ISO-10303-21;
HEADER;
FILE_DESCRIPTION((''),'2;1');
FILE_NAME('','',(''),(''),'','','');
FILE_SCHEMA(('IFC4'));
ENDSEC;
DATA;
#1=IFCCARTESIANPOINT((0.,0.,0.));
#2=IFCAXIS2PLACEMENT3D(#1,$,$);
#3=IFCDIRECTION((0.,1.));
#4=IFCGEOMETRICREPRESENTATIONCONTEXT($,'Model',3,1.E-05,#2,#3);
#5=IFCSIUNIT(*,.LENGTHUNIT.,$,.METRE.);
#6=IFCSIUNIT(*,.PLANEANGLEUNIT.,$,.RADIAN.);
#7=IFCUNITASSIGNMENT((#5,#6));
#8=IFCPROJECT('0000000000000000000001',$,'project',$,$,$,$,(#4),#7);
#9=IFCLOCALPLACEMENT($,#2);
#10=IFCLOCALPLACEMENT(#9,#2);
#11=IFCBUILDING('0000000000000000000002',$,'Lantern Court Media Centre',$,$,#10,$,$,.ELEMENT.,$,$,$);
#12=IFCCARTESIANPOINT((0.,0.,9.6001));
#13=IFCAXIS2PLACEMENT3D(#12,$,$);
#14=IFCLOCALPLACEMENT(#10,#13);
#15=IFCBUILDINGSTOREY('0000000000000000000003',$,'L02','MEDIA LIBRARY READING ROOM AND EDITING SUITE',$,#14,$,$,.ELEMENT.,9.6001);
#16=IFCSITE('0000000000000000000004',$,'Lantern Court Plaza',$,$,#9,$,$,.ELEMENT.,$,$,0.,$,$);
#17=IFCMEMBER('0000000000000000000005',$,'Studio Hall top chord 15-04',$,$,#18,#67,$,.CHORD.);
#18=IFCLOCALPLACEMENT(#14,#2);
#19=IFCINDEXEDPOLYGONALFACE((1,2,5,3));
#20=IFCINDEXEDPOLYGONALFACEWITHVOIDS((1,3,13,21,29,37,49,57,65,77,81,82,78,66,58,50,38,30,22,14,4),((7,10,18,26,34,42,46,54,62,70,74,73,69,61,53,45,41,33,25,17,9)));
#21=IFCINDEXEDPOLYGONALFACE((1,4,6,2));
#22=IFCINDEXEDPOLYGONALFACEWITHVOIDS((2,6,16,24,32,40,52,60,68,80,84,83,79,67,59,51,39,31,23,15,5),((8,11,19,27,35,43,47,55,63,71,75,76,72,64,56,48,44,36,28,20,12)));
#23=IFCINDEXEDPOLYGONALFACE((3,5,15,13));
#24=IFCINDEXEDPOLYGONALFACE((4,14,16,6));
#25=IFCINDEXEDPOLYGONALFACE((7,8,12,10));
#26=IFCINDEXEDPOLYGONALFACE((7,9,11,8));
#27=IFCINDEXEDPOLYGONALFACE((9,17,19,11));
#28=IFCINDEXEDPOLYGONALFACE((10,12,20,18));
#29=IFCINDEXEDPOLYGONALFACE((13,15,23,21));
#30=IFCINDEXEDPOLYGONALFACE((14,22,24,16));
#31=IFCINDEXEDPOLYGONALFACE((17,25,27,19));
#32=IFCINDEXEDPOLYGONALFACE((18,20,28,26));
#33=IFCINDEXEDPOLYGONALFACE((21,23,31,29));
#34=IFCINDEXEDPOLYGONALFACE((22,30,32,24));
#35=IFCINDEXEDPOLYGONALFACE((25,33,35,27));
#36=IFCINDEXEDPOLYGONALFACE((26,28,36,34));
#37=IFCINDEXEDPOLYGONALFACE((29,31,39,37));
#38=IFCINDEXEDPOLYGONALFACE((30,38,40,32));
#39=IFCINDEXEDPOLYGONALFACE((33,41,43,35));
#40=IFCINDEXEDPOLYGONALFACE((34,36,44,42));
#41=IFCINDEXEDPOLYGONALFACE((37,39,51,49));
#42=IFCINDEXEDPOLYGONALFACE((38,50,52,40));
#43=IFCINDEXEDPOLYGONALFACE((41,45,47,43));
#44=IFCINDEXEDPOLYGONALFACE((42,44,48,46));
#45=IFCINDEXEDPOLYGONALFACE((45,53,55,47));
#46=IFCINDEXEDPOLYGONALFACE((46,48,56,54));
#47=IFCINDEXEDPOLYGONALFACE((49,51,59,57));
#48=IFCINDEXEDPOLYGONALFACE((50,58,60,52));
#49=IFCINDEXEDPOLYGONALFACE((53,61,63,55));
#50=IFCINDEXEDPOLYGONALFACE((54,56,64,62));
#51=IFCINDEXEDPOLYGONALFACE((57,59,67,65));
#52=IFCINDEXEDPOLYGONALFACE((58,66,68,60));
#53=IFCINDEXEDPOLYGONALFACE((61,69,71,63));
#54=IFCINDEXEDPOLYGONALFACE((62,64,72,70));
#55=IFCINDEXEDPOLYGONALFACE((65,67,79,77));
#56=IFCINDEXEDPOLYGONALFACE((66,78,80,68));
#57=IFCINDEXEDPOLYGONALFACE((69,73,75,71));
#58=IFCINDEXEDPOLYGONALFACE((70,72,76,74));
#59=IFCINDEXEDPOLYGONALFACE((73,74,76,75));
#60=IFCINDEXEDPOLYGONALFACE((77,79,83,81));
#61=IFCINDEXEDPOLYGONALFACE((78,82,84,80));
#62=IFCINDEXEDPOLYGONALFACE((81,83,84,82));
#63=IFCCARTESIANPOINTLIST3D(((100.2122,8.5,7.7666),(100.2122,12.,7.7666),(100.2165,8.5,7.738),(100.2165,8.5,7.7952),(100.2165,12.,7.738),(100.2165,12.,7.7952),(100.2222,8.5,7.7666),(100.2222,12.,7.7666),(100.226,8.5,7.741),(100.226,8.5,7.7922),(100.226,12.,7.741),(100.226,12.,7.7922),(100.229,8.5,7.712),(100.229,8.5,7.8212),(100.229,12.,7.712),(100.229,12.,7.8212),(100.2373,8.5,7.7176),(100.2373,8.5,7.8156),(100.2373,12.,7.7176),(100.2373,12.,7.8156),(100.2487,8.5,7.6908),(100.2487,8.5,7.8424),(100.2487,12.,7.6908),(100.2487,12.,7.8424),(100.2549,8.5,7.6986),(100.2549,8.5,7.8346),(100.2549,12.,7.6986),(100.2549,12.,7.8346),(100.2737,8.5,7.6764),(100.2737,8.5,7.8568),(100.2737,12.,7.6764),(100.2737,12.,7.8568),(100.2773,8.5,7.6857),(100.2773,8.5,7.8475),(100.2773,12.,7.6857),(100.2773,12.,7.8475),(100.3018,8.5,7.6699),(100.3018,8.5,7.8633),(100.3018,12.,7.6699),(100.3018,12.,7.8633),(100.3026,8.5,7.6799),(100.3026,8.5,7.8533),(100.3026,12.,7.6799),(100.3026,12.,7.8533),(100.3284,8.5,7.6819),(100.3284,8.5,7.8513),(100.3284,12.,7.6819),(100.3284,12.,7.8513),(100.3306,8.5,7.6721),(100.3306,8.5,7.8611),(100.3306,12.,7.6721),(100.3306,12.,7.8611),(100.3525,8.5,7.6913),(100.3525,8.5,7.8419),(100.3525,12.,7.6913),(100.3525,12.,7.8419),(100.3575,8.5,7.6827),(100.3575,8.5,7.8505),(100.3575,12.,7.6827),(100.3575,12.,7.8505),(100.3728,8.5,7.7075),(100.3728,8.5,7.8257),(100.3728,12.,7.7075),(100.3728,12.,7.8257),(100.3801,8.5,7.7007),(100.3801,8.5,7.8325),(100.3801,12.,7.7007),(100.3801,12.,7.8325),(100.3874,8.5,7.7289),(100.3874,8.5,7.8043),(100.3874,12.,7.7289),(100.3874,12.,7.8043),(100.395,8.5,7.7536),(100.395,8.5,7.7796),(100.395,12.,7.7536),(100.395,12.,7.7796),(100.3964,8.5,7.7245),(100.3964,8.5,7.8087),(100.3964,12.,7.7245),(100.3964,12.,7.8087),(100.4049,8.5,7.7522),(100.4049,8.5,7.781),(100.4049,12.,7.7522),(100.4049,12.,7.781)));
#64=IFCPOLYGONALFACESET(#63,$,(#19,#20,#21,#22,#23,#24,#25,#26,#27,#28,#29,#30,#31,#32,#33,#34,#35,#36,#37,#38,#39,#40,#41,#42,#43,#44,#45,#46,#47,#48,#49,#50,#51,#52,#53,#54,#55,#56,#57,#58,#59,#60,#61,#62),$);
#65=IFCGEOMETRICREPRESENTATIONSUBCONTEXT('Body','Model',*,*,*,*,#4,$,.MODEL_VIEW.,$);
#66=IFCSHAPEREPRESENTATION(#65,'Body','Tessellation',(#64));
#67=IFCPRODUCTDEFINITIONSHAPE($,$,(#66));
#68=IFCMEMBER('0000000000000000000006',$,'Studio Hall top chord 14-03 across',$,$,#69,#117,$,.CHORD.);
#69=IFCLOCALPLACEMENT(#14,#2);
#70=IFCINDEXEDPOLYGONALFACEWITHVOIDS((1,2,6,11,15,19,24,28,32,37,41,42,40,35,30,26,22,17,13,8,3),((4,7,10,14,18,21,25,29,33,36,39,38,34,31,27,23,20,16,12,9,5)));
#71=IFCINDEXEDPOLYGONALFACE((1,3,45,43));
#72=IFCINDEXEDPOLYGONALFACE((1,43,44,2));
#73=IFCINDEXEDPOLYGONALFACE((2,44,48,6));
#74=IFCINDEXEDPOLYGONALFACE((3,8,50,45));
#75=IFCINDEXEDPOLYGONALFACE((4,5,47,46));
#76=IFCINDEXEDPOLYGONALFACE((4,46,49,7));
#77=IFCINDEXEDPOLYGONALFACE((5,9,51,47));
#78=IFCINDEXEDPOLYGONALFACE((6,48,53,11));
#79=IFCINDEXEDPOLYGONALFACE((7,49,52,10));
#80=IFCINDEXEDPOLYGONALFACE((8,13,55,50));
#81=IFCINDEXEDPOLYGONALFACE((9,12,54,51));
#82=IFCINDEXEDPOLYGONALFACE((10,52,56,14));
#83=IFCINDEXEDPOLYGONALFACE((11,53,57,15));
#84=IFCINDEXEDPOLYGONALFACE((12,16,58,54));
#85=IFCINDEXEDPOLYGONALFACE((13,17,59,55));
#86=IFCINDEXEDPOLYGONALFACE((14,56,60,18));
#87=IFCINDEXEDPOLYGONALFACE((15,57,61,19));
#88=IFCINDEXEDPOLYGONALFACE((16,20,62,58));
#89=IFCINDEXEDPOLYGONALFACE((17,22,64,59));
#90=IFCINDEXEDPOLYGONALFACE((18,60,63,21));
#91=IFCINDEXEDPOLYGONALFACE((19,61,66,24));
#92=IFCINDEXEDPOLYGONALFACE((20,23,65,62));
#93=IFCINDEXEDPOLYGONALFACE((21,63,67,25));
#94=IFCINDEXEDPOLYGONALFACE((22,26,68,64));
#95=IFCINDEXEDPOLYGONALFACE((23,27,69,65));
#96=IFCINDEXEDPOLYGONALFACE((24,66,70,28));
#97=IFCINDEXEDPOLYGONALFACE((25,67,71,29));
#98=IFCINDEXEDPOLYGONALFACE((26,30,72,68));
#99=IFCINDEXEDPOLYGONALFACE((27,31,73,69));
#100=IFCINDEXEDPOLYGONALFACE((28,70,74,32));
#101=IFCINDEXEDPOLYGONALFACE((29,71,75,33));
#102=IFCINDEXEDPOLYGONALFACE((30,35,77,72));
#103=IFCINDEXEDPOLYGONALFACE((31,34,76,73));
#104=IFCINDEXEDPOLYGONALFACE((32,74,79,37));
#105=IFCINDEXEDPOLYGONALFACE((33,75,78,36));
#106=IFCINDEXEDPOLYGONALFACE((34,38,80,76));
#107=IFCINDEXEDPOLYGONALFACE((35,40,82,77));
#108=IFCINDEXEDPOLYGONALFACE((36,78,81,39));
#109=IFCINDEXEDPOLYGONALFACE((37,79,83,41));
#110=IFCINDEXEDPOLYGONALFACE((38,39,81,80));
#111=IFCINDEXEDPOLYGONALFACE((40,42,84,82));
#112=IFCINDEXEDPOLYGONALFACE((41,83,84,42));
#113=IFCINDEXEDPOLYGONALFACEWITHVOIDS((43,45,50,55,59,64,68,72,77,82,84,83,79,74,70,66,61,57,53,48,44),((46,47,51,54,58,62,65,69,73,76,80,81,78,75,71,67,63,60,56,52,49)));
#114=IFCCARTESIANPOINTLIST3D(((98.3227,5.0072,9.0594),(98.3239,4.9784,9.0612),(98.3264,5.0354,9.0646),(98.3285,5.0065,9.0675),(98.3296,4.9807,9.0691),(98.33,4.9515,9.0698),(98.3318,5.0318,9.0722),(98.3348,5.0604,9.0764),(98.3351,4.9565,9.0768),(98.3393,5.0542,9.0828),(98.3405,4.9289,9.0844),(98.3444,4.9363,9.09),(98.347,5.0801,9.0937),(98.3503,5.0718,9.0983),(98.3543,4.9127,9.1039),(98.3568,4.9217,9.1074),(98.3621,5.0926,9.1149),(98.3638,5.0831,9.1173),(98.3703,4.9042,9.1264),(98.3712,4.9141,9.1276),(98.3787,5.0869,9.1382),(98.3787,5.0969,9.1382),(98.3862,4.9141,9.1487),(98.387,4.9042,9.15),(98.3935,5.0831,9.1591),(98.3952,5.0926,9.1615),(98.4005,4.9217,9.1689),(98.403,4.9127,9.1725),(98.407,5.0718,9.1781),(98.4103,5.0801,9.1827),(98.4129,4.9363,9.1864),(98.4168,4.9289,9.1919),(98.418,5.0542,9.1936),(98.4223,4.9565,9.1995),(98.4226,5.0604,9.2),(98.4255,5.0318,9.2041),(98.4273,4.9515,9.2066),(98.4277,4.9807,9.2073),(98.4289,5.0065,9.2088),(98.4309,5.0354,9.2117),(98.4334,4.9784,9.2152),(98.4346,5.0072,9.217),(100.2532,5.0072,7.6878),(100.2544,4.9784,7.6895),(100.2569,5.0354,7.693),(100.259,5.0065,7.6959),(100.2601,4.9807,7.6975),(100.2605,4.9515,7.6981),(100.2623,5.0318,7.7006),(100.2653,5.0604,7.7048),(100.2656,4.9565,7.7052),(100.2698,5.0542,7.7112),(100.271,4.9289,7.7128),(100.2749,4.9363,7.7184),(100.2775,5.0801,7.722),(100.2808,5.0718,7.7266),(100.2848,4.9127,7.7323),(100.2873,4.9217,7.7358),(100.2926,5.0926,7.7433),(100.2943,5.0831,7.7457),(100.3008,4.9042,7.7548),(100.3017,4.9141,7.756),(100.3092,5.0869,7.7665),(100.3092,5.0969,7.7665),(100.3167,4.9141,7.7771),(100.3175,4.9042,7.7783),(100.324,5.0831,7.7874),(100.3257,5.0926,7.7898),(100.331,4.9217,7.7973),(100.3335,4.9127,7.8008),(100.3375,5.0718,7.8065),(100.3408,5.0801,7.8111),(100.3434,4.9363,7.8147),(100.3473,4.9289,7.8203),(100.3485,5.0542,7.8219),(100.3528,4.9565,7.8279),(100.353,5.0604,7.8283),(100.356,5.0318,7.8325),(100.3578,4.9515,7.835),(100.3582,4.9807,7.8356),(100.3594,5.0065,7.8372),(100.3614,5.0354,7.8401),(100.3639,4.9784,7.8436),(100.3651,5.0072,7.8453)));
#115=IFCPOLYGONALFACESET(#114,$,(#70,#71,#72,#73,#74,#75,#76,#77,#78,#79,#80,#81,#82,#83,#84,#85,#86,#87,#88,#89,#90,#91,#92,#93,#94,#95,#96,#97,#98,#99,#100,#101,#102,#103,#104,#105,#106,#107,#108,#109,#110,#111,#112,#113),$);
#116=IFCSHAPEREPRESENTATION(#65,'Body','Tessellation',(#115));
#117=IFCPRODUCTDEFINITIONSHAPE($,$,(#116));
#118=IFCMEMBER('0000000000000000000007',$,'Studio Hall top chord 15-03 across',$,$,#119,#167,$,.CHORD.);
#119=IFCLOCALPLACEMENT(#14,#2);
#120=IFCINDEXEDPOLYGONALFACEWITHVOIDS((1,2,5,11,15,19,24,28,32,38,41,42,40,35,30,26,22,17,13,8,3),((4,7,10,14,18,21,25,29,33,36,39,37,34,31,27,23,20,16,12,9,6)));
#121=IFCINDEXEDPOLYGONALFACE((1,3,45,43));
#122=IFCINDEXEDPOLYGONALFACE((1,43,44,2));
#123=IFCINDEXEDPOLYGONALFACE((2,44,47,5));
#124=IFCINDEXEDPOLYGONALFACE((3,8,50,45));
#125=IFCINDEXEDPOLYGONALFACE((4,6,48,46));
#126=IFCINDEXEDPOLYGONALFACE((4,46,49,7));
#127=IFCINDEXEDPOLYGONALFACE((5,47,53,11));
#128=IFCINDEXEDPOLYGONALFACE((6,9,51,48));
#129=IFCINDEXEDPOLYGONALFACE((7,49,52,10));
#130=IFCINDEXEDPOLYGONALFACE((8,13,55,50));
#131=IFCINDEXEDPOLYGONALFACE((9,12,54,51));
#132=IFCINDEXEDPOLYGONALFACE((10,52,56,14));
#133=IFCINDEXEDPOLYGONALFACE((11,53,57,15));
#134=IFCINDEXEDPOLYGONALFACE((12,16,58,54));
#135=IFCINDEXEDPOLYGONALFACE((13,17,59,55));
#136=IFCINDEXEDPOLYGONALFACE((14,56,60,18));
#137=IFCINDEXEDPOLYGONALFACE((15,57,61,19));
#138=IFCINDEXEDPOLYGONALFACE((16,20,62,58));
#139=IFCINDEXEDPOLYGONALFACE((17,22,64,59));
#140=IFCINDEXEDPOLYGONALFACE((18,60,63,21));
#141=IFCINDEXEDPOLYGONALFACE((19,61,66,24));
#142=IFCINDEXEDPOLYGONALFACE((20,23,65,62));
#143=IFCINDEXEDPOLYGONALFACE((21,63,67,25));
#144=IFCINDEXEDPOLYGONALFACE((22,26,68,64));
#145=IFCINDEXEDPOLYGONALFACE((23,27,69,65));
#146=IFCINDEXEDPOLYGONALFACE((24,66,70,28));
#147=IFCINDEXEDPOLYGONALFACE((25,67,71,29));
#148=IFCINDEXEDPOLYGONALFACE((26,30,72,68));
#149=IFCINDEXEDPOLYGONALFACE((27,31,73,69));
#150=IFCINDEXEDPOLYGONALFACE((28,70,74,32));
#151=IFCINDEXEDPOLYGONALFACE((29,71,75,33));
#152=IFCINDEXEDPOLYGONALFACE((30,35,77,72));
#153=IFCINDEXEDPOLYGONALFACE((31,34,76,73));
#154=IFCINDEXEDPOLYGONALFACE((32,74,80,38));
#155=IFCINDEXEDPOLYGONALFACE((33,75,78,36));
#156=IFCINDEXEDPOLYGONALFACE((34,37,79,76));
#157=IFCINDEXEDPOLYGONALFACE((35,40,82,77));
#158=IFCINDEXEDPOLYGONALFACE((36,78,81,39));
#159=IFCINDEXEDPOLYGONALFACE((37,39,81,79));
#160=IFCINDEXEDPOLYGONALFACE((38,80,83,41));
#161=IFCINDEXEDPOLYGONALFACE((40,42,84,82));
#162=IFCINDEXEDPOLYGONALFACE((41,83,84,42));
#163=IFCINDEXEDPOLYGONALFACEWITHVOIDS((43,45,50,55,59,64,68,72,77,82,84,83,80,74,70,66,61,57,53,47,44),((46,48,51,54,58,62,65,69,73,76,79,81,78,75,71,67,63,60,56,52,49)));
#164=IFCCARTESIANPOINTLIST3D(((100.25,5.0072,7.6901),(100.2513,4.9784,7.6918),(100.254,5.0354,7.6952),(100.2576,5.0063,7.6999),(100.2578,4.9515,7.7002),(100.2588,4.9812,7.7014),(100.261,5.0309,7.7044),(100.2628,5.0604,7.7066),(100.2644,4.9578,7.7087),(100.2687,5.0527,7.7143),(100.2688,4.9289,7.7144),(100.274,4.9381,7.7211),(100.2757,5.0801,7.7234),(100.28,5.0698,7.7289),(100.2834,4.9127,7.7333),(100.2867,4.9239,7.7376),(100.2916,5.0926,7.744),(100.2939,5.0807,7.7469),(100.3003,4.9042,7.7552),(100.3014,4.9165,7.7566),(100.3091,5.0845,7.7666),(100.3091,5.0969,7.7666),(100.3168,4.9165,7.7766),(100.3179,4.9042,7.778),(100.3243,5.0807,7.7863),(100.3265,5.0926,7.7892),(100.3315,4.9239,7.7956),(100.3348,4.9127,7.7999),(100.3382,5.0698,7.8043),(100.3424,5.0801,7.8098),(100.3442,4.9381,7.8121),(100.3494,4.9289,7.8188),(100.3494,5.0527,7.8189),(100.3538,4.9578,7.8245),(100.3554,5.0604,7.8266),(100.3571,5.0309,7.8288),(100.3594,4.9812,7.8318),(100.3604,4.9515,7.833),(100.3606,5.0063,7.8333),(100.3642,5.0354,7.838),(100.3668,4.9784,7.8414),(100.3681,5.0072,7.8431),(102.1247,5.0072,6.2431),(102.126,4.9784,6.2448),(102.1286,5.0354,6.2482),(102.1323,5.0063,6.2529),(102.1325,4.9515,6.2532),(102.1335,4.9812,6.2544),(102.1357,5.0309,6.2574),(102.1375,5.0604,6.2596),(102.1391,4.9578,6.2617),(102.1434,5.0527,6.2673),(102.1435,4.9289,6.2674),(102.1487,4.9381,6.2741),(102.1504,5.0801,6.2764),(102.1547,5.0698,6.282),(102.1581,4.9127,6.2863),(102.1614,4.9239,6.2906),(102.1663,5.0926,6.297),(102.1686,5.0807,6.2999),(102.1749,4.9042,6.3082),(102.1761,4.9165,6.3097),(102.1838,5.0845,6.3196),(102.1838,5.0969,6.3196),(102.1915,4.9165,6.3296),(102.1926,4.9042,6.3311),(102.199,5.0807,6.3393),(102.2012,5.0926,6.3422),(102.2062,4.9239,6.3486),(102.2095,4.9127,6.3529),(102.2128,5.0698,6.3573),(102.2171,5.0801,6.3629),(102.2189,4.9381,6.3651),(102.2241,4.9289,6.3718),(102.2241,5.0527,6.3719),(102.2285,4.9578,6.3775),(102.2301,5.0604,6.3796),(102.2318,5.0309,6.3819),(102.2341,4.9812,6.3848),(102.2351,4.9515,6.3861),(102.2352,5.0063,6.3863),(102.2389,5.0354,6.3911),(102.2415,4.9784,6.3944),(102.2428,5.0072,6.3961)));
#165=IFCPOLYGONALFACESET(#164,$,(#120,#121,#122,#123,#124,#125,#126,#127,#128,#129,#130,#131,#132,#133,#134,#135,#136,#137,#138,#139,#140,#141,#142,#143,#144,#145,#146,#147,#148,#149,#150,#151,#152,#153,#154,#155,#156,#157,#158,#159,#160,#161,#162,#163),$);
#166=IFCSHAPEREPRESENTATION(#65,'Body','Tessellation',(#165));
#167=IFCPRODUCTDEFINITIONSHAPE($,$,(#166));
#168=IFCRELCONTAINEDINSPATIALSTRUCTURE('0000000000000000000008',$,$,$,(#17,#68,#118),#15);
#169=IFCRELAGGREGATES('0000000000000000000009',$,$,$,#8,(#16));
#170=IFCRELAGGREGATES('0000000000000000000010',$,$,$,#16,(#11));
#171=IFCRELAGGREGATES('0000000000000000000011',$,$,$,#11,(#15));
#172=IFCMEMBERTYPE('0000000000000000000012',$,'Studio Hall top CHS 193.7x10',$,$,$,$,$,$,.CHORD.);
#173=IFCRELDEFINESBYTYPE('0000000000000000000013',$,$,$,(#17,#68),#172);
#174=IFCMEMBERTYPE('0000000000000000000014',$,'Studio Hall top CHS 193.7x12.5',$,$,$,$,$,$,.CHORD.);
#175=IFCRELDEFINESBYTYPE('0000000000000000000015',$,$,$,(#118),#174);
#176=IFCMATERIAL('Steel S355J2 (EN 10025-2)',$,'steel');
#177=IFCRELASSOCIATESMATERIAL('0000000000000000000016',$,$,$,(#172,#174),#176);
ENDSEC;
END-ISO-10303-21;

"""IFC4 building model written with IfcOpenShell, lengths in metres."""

from ifc_helpers import new_model, si_unit, direction, frame, origin, origin_2d, place, context, subcontext, project, spatial, hollow_circle, extrude, material, material_profile, profile_set, type_object, element, save


model = new_model("IFC4")

# Units and contexts
model_context = context("Model", 3, precision=1e-05, world=origin(), true_north=direction((0.0, 1.0)))
body_context = subcontext(model_context, "Body", "Model", "MODEL_VIEW")
ifc_project = project(units=[si_unit("LENGTHUNIT", "METRE"), si_unit("PLANEANGLEUNIT", "RADIAN")], contexts=[model_context])

# Site, building, storey
site_placement = place(None, origin())
site = spatial("IfcSite", under=ifc_project, at=site_placement, Name="Lantern Court Plaza", CompositionType="ELEMENT", RefElevation=0.0)
building_placement = place(site_placement, origin())
building = spatial("IfcBuilding", under=site, at=building_placement, Name="Lantern Court Media Centre", CompositionType="ELEMENT")
storey_placement = place(building_placement, frame((0.0, 0.0, 9.6001)))
storey = spatial("IfcBuildingStorey", under=building, at=storey_placement, Name="L02", Description="MEDIA LIBRARY READING ROOM AND EDITING SUITE", CompositionType="ELEMENT", Elevation=9.6001)

# Members
ifc_material = material(Name="Steel S355J2 (EN 10025-2)", Category="steel")
ifc_material_profile_1 = material_profile(ifc_material, hollow_circle(Radius=0.0969, WallThickness=0.01, at=origin_2d()), Name="Studio Hall top CHS 193.7x10")
ifc_profile_set_1 = profile_set([ifc_material_profile_1], Name="Steel S355J2 (EN 10025-2)")
member_type_1 = type_object("IfcMemberType", Name="Studio Hall top CHS 193.7x10", PredefinedType="CHORD", material=ifc_profile_set_1)
for number, where, z_axis, x_axis, name in (
    (1, (100.3091, 8.5, 7.7666), (0.0, 1.0, 0.0), (-1.0, 0.0, 0.0), "Studio Hall top chord 15-04"),
):
    element("IfcMember", number, at=place(storey_placement, frame(where, z_axis=z_axis, x_axis=x_axis)), inside=storey, type_object=member_type_1, Name=name, PredefinedType="CHORD", context=body_context, shape_type="SweptSolid", body=[
        extrude(hollow_circle(Radius=0.0969, WallThickness=0.01, at=origin_2d()), origin(), (0.0, 0.0, 1.0), 3.5),
    ])
member_1_placement = place(storey_placement, frame((98.3787, 5.0, 9.1382), z_axis=(0.815187, 0.0, -0.579198), x_axis=(0.0, 1.0, 0.0)))
element("IfcMember", 2, at=member_1_placement, inside=storey, type_object=member_type_1, Name="Studio Hall top chord 14-03 across", PredefinedType="CHORD", context=body_context, shape_type="SweptSolid", body=[
    extrude(hollow_circle(Radius=0.0969, WallThickness=0.01, at=origin_2d()), origin(), (0.0, 0.0, 1.0), 2.3682),
])
ifc_material_profile_2 = material_profile(ifc_material, hollow_circle(Radius=0.0969, WallThickness=0.0125, at=origin_2d()), Name="Studio Hall top CHS 193.7x12.5")
ifc_profile_set_2 = profile_set([ifc_material_profile_2], Name="Steel S355J2 (EN 10025-2)")
member_type_2 = type_object("IfcMemberType", Name="Studio Hall top CHS 193.7x12.5", PredefinedType="CHORD", material=ifc_profile_set_2)
for number, where, z_axis, x_axis, name in (
    (3, (100.3091, 5.0, 7.7666), (0.791623, 0.0, -0.61101), (0.0, 1.0, 0.0), "Studio Hall top chord 15-03 across"),
):
    element("IfcMember", number, at=place(storey_placement, frame(where, z_axis=z_axis, x_axis=x_axis)), inside=storey, type_object=member_type_2, Name=name, PredefinedType="CHORD", context=body_context, shape_type="SweptSolid", body=[
        extrude(hollow_circle(Radius=0.0969, WallThickness=0.0125, at=origin_2d()), origin(), (0.0, 0.0, 1.0), 2.3682),
    ])

save(model, "model.ifc")
